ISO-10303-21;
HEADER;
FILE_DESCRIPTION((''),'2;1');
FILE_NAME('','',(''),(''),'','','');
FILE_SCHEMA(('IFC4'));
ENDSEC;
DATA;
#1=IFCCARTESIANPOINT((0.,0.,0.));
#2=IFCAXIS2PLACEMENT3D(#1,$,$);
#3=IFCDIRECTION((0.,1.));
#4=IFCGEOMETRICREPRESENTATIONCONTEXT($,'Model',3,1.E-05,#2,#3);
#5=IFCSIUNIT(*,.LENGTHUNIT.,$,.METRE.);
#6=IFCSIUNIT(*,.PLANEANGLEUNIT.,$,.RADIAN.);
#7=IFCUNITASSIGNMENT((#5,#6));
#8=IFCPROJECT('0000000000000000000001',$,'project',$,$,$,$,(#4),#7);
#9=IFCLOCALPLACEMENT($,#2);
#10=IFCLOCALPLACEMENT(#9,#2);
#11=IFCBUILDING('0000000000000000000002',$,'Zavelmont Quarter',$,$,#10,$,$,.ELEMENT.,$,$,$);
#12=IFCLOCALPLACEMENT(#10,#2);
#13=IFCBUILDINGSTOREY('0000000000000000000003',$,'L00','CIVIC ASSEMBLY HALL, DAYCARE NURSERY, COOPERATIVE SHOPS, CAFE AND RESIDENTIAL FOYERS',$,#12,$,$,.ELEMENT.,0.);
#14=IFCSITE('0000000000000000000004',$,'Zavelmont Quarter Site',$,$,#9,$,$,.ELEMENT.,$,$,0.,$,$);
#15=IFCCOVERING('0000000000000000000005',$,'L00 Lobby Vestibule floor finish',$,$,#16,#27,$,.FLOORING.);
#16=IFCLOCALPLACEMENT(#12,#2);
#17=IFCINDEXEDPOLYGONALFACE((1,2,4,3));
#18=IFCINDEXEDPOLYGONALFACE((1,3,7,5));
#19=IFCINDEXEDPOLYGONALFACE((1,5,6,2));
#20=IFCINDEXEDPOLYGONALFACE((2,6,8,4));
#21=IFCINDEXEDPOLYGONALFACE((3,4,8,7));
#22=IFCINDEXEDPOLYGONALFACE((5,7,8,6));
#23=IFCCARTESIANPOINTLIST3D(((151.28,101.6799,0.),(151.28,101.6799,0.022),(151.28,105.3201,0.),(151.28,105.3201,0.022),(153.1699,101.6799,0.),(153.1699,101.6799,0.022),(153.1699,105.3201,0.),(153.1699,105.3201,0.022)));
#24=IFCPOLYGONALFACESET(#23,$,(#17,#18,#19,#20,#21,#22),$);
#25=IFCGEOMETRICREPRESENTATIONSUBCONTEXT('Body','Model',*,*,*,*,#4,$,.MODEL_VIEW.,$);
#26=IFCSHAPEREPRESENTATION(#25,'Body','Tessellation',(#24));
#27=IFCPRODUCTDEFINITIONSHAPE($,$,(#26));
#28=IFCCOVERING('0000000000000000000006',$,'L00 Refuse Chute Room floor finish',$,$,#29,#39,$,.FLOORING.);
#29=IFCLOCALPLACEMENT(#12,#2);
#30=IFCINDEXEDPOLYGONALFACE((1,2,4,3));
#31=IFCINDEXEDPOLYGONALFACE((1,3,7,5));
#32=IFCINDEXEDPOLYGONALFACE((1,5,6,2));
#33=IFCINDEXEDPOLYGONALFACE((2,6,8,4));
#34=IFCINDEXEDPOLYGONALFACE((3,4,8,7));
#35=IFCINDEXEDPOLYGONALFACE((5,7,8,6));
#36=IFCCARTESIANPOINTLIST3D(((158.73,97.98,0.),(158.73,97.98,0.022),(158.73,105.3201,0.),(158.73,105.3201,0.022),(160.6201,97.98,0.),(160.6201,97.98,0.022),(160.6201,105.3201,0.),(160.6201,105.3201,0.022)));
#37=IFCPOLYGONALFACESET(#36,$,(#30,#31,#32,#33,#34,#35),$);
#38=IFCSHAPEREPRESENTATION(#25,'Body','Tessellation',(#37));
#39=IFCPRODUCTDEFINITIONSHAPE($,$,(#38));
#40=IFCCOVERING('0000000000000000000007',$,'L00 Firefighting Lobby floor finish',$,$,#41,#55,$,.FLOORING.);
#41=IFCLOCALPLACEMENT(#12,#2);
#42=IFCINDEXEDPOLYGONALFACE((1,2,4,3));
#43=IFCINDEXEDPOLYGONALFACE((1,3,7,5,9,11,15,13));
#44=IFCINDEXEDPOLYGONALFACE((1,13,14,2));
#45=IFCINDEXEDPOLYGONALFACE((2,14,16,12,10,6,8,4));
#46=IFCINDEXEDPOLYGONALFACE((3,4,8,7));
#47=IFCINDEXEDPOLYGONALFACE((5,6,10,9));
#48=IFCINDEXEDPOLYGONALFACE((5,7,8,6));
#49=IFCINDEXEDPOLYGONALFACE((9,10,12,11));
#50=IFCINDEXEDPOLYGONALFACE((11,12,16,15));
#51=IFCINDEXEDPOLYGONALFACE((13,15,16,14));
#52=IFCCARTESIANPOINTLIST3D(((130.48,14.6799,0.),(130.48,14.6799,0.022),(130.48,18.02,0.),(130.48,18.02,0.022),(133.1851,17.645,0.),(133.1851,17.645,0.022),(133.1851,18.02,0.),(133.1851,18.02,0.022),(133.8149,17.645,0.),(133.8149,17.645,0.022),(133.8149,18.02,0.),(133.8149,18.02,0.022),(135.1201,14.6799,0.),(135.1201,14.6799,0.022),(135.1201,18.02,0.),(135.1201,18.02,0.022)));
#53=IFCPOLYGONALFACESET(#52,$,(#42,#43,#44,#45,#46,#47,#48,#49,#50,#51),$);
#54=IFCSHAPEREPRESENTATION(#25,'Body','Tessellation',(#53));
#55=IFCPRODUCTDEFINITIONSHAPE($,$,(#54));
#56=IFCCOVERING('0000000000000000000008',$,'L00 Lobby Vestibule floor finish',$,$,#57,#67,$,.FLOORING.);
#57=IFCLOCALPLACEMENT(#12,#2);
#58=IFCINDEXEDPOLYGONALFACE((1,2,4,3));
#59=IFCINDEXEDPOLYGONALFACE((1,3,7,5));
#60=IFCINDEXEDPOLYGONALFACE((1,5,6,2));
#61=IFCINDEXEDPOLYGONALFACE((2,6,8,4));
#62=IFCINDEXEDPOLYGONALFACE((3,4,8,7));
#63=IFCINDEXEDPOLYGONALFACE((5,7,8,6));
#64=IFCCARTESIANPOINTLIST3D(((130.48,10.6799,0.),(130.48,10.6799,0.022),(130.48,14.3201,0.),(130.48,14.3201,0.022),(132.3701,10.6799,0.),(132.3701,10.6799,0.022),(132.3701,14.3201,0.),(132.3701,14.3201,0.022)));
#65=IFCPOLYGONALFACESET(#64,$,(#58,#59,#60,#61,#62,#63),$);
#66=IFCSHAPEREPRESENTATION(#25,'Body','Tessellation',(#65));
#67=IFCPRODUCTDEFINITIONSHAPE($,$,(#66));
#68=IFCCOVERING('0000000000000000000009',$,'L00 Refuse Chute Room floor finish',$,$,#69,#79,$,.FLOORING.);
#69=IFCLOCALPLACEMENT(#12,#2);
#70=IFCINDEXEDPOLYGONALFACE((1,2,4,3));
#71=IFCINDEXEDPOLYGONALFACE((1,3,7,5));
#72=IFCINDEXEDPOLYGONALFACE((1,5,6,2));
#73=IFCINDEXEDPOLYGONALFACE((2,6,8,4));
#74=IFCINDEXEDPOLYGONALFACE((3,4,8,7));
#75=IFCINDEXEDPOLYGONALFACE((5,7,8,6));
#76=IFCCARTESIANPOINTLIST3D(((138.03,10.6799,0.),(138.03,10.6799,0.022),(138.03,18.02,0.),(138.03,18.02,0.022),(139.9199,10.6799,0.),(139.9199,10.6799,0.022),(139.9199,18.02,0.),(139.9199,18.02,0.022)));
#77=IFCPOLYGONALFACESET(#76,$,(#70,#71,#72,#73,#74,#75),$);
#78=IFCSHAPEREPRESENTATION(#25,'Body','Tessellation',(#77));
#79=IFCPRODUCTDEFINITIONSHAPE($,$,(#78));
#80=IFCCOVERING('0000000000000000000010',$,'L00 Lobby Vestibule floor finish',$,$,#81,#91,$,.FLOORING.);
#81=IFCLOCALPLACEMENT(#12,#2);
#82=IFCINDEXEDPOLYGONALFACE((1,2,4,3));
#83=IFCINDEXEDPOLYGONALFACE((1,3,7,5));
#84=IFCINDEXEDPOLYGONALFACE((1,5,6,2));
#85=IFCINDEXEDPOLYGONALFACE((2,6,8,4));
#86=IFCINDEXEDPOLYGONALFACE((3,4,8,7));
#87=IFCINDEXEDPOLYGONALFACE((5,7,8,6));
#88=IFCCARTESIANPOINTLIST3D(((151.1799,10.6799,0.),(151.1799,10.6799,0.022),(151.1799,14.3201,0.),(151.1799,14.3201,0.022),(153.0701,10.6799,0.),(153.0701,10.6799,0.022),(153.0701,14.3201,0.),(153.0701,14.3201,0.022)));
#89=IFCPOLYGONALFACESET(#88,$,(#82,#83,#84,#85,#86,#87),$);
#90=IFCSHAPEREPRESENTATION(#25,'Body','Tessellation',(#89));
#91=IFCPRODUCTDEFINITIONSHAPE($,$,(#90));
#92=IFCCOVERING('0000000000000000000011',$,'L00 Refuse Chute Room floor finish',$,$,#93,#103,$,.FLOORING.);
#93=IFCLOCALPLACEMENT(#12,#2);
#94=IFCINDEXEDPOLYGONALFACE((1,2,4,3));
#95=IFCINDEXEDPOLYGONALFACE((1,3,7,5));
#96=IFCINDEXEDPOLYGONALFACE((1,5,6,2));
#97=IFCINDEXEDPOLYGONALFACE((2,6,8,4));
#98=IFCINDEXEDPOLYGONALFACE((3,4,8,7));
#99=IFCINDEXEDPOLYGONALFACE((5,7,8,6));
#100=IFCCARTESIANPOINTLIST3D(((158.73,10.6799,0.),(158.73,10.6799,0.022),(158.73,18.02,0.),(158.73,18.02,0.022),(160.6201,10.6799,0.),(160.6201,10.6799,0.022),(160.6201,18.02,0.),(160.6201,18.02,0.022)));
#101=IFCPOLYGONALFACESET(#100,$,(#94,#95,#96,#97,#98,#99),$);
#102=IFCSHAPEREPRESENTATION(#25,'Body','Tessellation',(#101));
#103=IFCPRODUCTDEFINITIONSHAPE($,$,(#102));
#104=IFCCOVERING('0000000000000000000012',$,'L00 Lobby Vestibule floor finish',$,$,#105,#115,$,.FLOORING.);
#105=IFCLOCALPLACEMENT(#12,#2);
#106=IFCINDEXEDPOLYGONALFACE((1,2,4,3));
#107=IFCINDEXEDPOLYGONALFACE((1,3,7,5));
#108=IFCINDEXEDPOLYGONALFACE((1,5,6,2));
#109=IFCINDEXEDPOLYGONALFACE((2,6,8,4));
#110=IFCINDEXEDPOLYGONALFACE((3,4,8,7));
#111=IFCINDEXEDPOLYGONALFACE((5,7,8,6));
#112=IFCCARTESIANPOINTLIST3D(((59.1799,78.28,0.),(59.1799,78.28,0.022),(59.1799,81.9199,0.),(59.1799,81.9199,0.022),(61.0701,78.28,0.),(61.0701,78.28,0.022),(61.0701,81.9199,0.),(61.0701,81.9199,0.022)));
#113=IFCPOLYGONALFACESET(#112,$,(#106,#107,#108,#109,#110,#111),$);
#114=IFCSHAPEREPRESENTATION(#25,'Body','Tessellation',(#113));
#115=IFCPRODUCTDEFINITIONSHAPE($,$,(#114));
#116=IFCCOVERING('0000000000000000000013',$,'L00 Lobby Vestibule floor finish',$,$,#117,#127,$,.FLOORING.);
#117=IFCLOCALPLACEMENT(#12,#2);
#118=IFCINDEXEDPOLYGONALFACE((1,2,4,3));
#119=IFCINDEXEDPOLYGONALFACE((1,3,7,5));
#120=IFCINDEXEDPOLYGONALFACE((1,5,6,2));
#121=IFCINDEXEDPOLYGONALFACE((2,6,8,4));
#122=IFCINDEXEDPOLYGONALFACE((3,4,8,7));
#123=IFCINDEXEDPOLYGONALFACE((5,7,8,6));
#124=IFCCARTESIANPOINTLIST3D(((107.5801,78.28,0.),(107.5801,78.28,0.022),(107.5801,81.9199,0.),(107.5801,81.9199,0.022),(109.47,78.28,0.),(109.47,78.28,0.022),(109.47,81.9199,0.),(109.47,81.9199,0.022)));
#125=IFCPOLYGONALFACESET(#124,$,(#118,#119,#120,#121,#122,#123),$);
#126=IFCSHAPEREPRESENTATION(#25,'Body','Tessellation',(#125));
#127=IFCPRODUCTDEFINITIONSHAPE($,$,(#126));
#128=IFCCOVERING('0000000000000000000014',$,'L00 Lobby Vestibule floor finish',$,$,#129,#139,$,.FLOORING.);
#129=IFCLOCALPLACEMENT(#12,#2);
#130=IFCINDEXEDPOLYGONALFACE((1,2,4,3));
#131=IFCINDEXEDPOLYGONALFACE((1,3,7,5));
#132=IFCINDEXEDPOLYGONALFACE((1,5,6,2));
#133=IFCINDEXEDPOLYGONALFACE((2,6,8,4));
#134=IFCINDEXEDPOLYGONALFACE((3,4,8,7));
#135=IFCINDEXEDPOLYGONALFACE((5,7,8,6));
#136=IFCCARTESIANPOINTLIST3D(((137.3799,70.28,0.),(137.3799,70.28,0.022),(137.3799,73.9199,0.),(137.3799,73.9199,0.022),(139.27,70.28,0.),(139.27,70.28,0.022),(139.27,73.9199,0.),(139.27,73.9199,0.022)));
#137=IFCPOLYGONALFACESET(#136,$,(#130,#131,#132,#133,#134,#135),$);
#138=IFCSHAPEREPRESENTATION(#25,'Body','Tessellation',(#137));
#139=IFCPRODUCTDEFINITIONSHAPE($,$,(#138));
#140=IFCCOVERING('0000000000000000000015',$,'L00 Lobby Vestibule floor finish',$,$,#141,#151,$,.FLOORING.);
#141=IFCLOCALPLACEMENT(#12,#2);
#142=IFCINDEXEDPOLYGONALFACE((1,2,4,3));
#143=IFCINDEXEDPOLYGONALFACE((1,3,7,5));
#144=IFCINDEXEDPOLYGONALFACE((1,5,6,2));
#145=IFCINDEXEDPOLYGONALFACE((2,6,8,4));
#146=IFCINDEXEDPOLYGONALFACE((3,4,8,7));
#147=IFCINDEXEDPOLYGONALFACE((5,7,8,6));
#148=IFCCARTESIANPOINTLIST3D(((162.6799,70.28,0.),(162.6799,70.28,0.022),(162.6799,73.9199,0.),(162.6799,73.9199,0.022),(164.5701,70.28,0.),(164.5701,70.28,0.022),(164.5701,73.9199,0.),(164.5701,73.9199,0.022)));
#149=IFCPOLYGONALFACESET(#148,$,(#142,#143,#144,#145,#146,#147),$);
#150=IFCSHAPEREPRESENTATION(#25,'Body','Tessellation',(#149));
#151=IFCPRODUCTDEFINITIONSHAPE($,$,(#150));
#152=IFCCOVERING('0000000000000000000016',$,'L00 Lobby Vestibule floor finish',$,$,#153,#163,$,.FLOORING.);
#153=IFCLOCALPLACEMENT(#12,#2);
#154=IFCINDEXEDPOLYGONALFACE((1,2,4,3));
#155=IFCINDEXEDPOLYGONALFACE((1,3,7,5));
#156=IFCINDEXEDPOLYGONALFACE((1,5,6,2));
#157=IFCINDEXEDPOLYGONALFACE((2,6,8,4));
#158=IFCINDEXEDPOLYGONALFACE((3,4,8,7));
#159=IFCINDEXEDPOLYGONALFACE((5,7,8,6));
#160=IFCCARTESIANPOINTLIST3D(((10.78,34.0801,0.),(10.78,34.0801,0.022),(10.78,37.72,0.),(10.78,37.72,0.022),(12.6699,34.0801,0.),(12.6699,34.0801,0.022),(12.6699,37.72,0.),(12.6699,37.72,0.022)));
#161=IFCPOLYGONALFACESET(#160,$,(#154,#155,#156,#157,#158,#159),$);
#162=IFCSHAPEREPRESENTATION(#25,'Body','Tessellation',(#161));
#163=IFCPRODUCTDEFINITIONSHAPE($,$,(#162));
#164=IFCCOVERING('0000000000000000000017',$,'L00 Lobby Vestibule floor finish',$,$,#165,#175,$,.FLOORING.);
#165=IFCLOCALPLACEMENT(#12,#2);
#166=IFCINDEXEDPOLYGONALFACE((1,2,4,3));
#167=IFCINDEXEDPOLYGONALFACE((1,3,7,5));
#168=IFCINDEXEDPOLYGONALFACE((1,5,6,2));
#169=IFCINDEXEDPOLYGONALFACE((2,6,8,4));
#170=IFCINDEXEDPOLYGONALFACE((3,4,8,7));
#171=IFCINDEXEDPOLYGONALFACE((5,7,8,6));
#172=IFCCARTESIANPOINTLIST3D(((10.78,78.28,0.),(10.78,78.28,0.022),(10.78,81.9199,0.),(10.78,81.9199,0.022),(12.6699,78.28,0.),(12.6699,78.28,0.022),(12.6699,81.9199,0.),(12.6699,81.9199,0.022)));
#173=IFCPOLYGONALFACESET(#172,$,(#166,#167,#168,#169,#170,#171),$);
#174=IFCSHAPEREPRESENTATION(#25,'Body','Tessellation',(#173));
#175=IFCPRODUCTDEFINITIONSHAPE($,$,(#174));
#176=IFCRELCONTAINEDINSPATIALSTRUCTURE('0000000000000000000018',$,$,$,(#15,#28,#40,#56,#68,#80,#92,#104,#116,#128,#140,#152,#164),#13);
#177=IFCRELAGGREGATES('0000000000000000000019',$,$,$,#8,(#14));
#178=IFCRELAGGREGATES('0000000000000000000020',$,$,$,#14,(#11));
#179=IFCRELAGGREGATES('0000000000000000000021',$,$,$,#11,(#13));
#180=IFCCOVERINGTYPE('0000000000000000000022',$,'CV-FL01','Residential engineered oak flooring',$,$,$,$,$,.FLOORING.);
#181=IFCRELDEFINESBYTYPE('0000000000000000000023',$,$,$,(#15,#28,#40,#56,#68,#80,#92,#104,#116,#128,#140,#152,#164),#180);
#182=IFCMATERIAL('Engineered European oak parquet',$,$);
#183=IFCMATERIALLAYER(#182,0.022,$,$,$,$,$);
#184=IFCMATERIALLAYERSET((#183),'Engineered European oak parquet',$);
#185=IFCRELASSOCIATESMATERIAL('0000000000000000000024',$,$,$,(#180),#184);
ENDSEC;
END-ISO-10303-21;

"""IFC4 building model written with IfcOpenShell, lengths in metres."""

from ifc_helpers import new_model, si_unit, direction, origin, place, context, subcontext, project, spatial, polyline, outline, extrude, material, layer, layer_set, type_object, element, save


model = new_model("IFC4")

# Units and contexts
model_context = context("Model", 3, precision=1e-05, world=origin(), true_north=direction((0.0, 1.0)))
body_context = subcontext(model_context, "Body", "Model", "MODEL_VIEW")
ifc_project = project(units=[si_unit("LENGTHUNIT", "METRE"), si_unit("PLANEANGLEUNIT", "RADIAN")], contexts=[model_context])

# Site, building, storey
site_placement = place(None, origin())
site = spatial("IfcSite", under=ifc_project, at=site_placement, Name="Zavelmont Quarter Site", CompositionType="ELEMENT", RefElevation=0.0)
building_placement = place(site_placement, origin())
building = spatial("IfcBuilding", under=site, at=building_placement, Name="Zavelmont Quarter", CompositionType="ELEMENT")
storey_placement = place(building_placement, origin())
storey = spatial("IfcBuildingStorey", under=building, at=storey_placement, Name="L00", Description="CIVIC ASSEMBLY HALL, DAYCARE NURSERY, COOPERATIVE SHOPS, CAFE AND RESIDENTIAL FOYERS", CompositionType="ELEMENT", Elevation=0.0)

# Coverings
ifc_material_1 = material(Name="Engineered European oak parquet")
ifc_layer_1 = layer(ifc_material_1, 0.022)
ifc_layer_set_1 = layer_set([ifc_layer_1], Name="Engineered European oak parquet")
covering_type_1 = type_object("IfcCoveringType", Name="CV-FL01", Description="Residential engineered oak flooring", PredefinedType="FLOORING", material=ifc_layer_set_1)
covering_1_placement = place(storey_placement, origin())
element("IfcCovering", 1, at=covering_1_placement, inside=storey, type_object=covering_type_1, Name="L00 Lobby Vestibule floor finish", PredefinedType="FLOORING", context=body_context, shape_type="SweptSolid", body=[
    extrude(outline(polyline([(151.28, 105.3201), (153.1699, 105.3201), (153.1699, 101.6799), (151.28, 101.6799), (151.28, 105.3201)])), origin(), (0.0, 0.0, 1.0), 0.022),
])
covering_2_placement = place(storey_placement, origin())
element("IfcCovering", 2, at=covering_2_placement, inside=storey, type_object=covering_type_1, Name="L00 Refuse Chute Room floor finish", PredefinedType="FLOORING", context=body_context, shape_type="SweptSolid", body=[
    extrude(outline(polyline([(158.73, 105.3201), (160.6201, 105.3201), (160.6201, 97.98), (158.73, 97.98), (158.73, 105.3201)])), origin(), (0.0, 0.0, 1.0), 0.022),
])
covering_3_placement = place(storey_placement, origin())
element("IfcCovering", 3, at=covering_3_placement, inside=storey, type_object=covering_type_1, Name="L00 Firefighting Lobby floor finish", PredefinedType="FLOORING", context=body_context, shape_type="SweptSolid", body=[
    extrude(outline(polyline([(130.48, 18.02), (133.1851, 18.02), (133.1851, 17.645), (133.8149, 17.645), (133.8149, 18.02), (135.1201, 18.02), (135.1201, 14.6799), (130.48, 14.6799), (130.48, 18.02)])), origin(), (0.0, 0.0, 1.0), 0.022),
])
covering_4_placement = place(storey_placement, origin())
element("IfcCovering", 4, at=covering_4_placement, inside=storey, type_object=covering_type_1, Name="L00 Lobby Vestibule floor finish", PredefinedType="FLOORING", context=body_context, shape_type="SweptSolid", body=[
    extrude(outline(polyline([(130.48, 14.3201), (132.3701, 14.3201), (132.3701, 10.6799), (130.48, 10.6799), (130.48, 14.3201)])), origin(), (0.0, 0.0, 1.0), 0.022),
])
covering_5_placement = place(storey_placement, origin())
element("IfcCovering", 5, at=covering_5_placement, inside=storey, type_object=covering_type_1, Name="L00 Refuse Chute Room floor finish", PredefinedType="FLOORING", context=body_context, shape_type="SweptSolid", body=[
    extrude(outline(polyline([(138.03, 18.02), (139.9199, 18.02), (139.9199, 10.6799), (138.03, 10.6799), (138.03, 18.02)])), origin(), (0.0, 0.0, 1.0), 0.022),
])
covering_6_placement = place(storey_placement, origin())
element("IfcCovering", 6, at=covering_6_placement, inside=storey, type_object=covering_type_1, Name="L00 Lobby Vestibule floor finish", PredefinedType="FLOORING", context=body_context, shape_type="SweptSolid", body=[
    extrude(outline(polyline([(151.1799, 14.3201), (153.0701, 14.3201), (153.0701, 10.6799), (151.1799, 10.6799), (151.1799, 14.3201)])), origin(), (0.0, 0.0, 1.0), 0.022),
])
covering_7_placement = place(storey_placement, origin())
element("IfcCovering", 7, at=covering_7_placement, inside=storey, type_object=covering_type_1, Name="L00 Refuse Chute Room floor finish", PredefinedType="FLOORING", context=body_context, shape_type="SweptSolid", body=[
    extrude(outline(polyline([(158.73, 18.02), (160.6201, 18.02), (160.6201, 10.6799), (158.73, 10.6799), (158.73, 18.02)])), origin(), (0.0, 0.0, 1.0), 0.022),
])
covering_8_placement = place(storey_placement, origin())
element("IfcCovering", 8, at=covering_8_placement, inside=storey, type_object=covering_type_1, Name="L00 Lobby Vestibule floor finish", PredefinedType="FLOORING", context=body_context, shape_type="SweptSolid", body=[
    extrude(outline(polyline([(59.1799, 81.9199), (61.0701, 81.9199), (61.0701, 78.28), (59.1799, 78.28), (59.1799, 81.9199)])), origin(), (0.0, 0.0, 1.0), 0.022),
])
covering_9_placement = place(storey_placement, origin())
element("IfcCovering", 9, at=covering_9_placement, inside=storey, type_object=covering_type_1, Name="L00 Lobby Vestibule floor finish", PredefinedType="FLOORING", context=body_context, shape_type="SweptSolid", body=[
    extrude(outline(polyline([(107.5801, 81.9199), (109.47, 81.9199), (109.47, 78.28), (107.5801, 78.28), (107.5801, 81.9199)])), origin(), (0.0, 0.0, 1.0), 0.022),
])
covering_10_placement = place(storey_placement, origin())
element("IfcCovering", 10, at=covering_10_placement, inside=storey, type_object=covering_type_1, Name="L00 Lobby Vestibule floor finish", PredefinedType="FLOORING", context=body_context, shape_type="SweptSolid", body=[
    extrude(outline(polyline([(137.3799, 73.9199), (139.27, 73.9199), (139.27, 70.28), (137.3799, 70.28), (137.3799, 73.9199)])), origin(), (0.0, 0.0, 1.0), 0.022),
])
covering_11_placement = place(storey_placement, origin())
element("IfcCovering", 11, at=covering_11_placement, inside=storey, type_object=covering_type_1, Name="L00 Lobby Vestibule floor finish", PredefinedType="FLOORING", context=body_context, shape_type="SweptSolid", body=[
    extrude(outline(polyline([(162.6799, 73.9199), (164.5701, 73.9199), (164.5701, 70.28), (162.6799, 70.28), (162.6799, 73.9199)])), origin(), (0.0, 0.0, 1.0), 0.022),
])
covering_12_placement = place(storey_placement, origin())
element("IfcCovering", 12, at=covering_12_placement, inside=storey, type_object=covering_type_1, Name="L00 Lobby Vestibule floor finish", PredefinedType="FLOORING", context=body_context, shape_type="SweptSolid", body=[
    extrude(outline(polyline([(10.78, 37.72), (12.6699, 37.72), (12.6699, 34.0801), (10.78, 34.0801), (10.78, 37.72)])), origin(), (0.0, 0.0, 1.0), 0.022),
])
covering_13_placement = place(storey_placement, origin())
element("IfcCovering", 13, at=covering_13_placement, inside=storey, type_object=covering_type_1, Name="L00 Lobby Vestibule floor finish", PredefinedType="FLOORING", context=body_context, shape_type="SweptSolid", body=[
    extrude(outline(polyline([(10.78, 81.9199), (12.6699, 81.9199), (12.6699, 78.28), (10.78, 78.28), (10.78, 81.9199)])), origin(), (0.0, 0.0, 1.0), 0.022),
])

save(model, "model.ifc")
